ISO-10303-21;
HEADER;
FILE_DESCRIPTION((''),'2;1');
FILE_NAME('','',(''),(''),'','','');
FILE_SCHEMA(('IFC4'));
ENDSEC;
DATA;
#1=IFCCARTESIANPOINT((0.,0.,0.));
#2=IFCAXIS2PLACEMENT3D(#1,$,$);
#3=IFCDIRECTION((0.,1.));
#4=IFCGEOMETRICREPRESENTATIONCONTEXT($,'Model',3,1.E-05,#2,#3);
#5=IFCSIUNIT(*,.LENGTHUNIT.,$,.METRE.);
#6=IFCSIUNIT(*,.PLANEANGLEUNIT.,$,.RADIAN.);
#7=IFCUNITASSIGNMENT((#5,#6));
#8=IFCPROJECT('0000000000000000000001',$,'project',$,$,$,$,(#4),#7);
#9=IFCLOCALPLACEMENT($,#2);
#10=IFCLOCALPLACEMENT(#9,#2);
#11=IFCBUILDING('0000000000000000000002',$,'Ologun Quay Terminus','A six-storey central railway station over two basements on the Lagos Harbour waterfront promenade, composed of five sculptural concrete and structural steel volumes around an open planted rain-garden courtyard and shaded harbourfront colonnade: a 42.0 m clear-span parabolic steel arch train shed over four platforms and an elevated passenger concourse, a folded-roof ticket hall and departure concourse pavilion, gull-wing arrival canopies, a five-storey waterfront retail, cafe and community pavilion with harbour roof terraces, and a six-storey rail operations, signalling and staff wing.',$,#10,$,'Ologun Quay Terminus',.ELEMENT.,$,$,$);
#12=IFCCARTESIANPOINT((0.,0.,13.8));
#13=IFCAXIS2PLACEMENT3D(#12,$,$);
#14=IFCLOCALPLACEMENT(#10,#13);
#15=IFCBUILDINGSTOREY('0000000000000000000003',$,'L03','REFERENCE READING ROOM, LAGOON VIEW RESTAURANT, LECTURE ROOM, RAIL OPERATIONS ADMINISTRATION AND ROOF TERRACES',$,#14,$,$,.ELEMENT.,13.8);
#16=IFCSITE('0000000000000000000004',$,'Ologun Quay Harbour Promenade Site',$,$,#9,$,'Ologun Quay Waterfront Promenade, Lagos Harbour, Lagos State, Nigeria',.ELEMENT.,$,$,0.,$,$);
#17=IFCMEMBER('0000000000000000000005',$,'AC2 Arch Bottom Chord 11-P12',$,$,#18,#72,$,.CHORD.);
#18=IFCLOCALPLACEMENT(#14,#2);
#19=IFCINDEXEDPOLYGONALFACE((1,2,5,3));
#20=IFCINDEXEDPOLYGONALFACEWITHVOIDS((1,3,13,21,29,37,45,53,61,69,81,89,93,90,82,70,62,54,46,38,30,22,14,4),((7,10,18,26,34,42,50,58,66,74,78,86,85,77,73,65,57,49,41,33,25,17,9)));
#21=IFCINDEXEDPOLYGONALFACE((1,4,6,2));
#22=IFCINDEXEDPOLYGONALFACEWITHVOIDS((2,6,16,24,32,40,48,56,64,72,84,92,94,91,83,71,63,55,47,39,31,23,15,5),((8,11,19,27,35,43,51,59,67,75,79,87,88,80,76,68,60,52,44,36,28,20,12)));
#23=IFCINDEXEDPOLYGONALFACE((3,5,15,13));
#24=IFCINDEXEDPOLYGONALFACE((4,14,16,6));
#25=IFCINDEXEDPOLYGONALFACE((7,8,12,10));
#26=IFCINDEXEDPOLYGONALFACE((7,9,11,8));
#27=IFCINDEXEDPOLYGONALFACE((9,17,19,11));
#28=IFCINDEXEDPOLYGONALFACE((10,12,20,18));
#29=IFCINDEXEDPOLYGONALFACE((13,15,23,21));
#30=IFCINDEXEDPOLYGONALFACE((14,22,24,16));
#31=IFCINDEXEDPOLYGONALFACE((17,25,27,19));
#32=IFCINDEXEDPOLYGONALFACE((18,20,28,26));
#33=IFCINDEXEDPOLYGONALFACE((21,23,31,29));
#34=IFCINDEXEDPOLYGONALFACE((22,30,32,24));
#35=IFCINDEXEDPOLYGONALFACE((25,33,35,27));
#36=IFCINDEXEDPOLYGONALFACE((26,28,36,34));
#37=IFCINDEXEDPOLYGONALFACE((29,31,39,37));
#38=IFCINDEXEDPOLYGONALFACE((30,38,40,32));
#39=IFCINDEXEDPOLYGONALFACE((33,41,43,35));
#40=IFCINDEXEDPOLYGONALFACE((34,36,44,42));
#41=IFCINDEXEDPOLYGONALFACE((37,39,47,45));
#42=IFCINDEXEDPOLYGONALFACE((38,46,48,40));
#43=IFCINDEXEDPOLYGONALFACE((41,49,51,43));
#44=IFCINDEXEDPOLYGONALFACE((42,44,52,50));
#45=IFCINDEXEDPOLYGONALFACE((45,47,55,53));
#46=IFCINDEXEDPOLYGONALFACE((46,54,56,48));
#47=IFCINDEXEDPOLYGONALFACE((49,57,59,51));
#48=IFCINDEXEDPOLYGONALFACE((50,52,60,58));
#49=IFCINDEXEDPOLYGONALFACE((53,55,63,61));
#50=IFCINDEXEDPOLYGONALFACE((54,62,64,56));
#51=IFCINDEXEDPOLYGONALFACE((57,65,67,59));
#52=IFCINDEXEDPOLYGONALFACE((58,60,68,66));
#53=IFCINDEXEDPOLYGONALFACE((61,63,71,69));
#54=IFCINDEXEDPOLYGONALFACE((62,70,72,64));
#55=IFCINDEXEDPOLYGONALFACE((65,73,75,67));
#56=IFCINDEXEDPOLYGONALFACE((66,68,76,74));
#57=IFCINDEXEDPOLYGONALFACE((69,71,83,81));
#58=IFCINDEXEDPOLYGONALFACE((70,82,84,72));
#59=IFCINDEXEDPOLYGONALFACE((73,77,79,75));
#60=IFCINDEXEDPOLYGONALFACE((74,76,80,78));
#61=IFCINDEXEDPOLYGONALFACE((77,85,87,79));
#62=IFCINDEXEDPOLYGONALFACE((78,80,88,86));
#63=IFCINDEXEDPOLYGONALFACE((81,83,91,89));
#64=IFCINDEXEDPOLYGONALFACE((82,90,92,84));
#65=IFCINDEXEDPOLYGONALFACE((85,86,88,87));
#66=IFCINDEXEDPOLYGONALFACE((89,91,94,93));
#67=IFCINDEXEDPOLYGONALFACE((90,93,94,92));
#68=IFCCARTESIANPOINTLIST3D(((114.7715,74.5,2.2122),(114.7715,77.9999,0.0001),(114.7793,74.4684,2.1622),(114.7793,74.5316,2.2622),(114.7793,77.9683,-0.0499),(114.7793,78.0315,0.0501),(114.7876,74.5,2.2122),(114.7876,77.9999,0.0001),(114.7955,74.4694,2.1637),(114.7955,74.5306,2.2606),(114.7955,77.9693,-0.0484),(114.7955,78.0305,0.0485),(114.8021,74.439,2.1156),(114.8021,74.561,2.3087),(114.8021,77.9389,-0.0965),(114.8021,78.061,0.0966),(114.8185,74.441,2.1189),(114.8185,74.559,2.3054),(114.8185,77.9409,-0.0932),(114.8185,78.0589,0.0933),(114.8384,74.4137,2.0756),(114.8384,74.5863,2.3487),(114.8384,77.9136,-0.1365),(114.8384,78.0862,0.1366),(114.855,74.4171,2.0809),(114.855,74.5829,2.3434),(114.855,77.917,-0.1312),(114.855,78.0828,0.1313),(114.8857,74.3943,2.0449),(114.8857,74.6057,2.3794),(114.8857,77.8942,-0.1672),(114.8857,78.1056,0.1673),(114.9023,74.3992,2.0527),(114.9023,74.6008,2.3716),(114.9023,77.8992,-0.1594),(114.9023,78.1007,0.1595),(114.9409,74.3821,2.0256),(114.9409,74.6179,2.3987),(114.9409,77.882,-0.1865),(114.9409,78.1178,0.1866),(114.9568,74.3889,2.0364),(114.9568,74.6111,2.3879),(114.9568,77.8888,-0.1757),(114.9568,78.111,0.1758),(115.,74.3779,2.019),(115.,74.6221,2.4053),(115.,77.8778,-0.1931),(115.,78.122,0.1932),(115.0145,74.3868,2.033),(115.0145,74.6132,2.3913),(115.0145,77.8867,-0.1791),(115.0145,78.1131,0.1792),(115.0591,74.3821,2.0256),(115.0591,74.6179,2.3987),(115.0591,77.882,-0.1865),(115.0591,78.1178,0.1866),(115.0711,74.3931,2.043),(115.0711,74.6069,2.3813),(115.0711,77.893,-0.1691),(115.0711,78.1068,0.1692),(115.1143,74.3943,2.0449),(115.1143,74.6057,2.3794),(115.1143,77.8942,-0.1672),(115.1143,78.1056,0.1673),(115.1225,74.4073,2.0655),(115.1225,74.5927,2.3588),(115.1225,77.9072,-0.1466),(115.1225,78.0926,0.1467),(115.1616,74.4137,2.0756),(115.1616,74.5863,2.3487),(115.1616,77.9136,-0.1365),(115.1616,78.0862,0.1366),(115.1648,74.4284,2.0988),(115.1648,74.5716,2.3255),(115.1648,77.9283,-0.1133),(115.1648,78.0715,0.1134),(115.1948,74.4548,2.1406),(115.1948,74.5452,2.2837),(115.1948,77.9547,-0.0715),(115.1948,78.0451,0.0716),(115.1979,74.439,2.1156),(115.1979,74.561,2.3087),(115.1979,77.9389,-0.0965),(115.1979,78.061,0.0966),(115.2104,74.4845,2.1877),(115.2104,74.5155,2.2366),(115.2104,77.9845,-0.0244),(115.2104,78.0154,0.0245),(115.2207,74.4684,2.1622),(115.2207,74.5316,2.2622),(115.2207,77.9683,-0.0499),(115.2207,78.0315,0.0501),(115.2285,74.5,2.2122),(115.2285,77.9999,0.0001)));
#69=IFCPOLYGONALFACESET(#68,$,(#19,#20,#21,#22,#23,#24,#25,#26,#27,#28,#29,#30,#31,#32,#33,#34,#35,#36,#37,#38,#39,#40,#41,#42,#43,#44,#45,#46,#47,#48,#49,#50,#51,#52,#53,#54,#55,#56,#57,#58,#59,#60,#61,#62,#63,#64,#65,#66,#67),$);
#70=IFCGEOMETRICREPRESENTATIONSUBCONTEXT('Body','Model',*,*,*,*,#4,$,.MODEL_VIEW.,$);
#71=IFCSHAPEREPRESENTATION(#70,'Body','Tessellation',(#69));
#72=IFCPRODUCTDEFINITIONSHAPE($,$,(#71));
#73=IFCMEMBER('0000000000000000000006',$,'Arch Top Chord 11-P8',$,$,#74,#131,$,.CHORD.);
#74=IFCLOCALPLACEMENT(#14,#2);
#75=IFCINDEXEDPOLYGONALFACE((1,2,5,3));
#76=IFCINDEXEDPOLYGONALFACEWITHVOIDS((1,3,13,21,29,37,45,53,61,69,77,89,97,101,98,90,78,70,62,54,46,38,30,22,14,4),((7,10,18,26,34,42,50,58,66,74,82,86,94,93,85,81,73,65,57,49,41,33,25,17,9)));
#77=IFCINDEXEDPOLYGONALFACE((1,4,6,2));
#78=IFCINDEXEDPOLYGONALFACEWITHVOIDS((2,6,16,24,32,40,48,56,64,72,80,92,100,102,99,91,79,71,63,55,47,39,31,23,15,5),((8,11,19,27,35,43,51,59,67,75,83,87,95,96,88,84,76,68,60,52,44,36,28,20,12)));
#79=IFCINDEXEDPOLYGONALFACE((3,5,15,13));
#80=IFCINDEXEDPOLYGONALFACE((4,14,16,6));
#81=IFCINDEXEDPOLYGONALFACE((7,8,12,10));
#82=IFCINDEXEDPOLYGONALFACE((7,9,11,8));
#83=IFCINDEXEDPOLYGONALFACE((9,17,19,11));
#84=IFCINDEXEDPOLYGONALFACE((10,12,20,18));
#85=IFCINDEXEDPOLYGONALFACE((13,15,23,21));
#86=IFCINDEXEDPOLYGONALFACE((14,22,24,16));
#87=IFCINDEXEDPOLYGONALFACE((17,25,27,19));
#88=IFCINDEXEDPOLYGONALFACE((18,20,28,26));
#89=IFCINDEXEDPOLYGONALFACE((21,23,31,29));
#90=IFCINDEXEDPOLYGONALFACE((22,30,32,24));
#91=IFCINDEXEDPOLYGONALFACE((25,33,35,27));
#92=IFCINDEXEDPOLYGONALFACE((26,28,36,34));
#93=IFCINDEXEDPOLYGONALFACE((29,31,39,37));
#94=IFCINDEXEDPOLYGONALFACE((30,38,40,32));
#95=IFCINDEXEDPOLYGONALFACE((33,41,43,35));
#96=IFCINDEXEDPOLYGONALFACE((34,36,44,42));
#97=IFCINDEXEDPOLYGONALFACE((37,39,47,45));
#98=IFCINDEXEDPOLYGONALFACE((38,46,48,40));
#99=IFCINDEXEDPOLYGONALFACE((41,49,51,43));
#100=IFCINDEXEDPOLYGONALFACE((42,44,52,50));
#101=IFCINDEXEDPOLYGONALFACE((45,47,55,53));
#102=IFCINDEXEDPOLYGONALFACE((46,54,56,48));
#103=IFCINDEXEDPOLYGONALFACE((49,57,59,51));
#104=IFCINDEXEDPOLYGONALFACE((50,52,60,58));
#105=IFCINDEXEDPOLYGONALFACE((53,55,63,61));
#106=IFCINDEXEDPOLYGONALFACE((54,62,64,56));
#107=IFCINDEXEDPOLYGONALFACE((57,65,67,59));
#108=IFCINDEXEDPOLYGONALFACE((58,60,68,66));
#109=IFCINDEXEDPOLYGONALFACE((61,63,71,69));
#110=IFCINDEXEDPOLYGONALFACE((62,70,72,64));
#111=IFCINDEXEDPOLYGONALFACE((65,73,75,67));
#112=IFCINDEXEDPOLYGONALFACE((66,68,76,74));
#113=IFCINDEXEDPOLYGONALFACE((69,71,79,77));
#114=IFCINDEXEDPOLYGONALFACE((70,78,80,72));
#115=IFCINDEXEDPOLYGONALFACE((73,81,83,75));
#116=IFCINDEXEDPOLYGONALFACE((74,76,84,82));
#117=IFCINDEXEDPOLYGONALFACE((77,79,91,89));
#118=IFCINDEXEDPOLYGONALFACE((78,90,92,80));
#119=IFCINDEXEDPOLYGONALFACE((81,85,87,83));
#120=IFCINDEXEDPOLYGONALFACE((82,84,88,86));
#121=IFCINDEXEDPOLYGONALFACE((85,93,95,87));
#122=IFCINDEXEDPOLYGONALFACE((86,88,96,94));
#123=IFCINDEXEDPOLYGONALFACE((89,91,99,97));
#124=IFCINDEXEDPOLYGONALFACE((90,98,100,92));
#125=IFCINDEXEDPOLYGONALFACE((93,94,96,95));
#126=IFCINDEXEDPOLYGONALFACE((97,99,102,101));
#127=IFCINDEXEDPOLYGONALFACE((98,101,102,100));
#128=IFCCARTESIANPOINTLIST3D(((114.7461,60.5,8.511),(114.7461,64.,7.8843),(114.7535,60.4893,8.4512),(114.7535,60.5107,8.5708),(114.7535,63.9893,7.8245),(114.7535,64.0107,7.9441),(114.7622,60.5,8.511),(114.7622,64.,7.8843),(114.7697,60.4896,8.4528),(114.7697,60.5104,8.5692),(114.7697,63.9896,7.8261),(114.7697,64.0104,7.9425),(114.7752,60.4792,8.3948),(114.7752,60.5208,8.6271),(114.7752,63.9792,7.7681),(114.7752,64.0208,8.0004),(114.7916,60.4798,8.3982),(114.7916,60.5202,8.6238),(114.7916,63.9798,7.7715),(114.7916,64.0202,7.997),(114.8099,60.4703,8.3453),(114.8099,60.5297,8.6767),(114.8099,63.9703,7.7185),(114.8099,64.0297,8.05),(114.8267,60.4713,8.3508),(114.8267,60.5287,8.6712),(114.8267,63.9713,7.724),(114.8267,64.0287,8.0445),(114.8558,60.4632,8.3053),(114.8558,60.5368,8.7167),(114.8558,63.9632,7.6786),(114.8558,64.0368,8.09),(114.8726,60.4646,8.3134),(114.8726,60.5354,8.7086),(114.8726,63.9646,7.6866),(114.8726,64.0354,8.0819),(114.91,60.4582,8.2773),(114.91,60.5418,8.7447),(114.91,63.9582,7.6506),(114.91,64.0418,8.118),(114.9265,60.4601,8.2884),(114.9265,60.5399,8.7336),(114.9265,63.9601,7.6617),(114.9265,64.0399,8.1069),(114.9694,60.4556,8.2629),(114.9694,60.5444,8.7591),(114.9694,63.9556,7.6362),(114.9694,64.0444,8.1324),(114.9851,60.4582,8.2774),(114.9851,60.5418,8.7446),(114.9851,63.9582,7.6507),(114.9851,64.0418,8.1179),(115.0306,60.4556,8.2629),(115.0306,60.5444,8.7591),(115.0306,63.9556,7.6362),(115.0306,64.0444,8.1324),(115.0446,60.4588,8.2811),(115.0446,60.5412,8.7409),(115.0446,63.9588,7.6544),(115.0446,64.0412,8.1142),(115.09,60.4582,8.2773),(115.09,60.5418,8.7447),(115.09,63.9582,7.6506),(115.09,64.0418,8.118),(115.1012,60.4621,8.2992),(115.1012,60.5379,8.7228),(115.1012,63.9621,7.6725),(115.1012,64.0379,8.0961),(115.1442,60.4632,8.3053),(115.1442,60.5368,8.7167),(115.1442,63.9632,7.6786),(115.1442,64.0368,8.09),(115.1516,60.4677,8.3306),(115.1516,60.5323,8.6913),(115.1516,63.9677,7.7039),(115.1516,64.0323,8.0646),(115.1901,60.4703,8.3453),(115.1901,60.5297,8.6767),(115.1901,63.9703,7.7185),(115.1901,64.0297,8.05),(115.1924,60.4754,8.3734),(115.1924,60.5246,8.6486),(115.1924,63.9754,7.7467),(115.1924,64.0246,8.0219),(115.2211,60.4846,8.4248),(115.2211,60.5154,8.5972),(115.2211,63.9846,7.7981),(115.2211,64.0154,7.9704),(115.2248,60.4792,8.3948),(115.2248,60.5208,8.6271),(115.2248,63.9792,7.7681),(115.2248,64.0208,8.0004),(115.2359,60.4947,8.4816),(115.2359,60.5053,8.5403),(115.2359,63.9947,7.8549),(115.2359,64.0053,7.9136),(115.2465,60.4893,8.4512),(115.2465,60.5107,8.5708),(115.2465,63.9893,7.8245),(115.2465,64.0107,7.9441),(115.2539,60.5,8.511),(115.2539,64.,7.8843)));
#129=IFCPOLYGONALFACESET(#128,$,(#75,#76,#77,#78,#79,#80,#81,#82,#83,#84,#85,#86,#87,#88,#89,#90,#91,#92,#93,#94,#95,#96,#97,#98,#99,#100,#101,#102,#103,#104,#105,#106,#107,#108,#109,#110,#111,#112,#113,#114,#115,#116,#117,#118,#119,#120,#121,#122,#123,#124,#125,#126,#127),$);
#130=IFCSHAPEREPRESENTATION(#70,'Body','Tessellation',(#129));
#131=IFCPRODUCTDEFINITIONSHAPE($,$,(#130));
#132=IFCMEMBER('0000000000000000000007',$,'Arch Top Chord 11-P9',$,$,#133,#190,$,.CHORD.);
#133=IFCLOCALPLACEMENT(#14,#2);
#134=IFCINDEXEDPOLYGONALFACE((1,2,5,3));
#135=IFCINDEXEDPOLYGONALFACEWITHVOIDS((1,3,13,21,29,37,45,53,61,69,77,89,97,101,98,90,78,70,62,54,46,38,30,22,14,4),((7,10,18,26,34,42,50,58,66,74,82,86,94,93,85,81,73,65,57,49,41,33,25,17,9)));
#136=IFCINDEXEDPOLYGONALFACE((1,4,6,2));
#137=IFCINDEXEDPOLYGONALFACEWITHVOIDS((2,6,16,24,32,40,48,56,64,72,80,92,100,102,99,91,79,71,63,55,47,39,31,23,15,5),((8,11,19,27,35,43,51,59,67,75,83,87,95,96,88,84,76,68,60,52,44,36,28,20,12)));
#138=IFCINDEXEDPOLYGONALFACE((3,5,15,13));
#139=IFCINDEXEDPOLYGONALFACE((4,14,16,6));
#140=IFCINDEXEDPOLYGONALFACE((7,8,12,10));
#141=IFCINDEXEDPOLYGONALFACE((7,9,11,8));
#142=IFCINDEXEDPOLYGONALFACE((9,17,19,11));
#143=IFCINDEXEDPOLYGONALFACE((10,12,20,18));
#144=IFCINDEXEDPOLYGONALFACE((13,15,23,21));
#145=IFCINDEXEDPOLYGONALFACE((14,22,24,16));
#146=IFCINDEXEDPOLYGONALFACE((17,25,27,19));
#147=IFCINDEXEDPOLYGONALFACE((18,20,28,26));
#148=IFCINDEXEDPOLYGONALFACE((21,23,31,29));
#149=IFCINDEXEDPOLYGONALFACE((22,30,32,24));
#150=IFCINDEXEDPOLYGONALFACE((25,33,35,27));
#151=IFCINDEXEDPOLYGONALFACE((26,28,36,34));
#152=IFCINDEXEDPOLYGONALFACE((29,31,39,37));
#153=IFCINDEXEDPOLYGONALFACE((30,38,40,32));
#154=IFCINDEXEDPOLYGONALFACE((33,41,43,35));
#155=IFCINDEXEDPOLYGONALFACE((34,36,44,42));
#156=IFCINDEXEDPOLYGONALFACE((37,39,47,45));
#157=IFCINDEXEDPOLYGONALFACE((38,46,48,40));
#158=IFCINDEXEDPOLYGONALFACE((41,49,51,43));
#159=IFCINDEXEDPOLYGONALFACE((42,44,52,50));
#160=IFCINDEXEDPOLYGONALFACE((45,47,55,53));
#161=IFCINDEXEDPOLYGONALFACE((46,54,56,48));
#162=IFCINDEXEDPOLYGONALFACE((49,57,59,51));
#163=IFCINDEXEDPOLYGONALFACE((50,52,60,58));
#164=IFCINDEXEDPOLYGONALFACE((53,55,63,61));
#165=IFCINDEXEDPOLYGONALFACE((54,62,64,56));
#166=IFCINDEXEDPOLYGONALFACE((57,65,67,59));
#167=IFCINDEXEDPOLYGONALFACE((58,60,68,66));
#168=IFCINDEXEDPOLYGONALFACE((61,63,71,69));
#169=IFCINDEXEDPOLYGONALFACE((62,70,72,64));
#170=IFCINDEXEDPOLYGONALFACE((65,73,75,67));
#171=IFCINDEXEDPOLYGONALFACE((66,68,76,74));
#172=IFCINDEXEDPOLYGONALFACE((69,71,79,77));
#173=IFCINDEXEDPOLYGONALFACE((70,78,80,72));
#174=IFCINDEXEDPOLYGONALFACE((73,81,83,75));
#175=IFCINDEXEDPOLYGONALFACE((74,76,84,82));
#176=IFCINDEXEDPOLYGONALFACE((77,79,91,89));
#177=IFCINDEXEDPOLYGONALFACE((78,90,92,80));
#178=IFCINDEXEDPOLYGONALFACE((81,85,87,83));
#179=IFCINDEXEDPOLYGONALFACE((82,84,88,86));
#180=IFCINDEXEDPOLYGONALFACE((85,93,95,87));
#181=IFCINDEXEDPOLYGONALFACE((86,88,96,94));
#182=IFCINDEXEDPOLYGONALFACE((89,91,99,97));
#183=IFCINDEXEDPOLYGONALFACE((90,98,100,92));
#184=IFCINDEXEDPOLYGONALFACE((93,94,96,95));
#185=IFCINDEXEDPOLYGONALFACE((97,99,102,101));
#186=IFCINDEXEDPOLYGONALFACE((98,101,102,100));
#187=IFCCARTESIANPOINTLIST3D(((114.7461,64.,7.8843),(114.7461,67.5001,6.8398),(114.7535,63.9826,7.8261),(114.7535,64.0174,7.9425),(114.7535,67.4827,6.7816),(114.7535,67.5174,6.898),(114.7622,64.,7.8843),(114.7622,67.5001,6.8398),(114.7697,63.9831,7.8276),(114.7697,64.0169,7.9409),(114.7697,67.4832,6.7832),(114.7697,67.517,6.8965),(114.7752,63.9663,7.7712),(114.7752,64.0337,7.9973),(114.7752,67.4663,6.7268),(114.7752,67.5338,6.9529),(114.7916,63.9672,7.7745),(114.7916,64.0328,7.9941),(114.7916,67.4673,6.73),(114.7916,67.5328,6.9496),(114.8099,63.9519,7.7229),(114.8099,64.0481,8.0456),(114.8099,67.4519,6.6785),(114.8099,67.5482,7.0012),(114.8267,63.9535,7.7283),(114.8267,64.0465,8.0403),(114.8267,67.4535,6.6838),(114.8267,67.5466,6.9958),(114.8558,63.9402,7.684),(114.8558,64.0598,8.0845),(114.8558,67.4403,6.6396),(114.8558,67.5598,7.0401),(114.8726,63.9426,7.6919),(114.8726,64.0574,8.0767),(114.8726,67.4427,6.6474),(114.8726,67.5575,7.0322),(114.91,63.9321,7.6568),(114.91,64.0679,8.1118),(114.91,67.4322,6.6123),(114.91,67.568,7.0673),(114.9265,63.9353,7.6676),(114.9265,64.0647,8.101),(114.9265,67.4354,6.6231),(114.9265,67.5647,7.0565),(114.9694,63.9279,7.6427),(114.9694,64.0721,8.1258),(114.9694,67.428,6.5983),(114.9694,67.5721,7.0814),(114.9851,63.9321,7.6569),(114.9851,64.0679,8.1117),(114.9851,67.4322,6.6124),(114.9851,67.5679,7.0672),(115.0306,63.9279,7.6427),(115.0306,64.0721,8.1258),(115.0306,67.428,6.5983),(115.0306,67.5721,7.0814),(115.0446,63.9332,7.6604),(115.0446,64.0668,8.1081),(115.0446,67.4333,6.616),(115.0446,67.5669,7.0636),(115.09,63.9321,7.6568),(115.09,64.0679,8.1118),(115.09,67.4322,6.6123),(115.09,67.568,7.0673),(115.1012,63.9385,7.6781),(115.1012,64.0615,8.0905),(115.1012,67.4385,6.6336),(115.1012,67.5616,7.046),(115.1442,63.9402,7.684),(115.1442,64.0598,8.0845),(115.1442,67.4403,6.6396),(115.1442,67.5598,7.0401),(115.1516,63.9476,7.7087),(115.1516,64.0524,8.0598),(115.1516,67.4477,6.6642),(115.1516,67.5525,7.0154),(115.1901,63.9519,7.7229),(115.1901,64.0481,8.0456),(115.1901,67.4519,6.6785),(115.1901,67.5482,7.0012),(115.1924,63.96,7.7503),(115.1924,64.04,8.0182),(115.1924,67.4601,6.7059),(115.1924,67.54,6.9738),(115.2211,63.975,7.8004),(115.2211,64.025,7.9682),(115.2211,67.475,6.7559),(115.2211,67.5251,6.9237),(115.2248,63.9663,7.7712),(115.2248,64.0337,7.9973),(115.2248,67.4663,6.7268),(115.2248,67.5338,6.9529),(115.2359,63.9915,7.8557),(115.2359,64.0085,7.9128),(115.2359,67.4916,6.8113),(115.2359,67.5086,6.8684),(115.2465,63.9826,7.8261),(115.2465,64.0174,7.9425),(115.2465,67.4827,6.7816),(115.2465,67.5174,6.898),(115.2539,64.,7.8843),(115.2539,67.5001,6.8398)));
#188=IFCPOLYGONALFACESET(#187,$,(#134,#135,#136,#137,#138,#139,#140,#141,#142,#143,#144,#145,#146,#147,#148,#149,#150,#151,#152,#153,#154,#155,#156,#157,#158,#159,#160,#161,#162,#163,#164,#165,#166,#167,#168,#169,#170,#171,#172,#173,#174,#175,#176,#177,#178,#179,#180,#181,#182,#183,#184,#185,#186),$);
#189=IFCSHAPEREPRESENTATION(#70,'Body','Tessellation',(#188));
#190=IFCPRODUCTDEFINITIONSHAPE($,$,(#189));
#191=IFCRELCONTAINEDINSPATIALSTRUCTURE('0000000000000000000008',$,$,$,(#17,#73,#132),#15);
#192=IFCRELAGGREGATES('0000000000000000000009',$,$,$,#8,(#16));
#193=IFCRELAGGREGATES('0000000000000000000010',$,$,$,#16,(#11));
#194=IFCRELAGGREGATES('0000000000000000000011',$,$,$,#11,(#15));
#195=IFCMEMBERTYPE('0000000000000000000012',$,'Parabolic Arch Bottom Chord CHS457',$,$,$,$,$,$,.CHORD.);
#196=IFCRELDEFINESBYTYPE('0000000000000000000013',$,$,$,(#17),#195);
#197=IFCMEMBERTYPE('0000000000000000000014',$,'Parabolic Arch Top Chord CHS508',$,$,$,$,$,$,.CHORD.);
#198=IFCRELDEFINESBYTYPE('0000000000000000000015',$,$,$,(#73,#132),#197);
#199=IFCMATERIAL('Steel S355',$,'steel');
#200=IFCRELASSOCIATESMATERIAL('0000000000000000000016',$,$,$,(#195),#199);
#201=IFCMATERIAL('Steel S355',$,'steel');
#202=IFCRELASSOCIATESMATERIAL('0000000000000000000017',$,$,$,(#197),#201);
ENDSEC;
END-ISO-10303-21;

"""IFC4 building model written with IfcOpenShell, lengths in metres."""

from ifc_helpers import new_model, si_unit, direction, frame, origin, origin_2d, place, context, subcontext, project, spatial, hollow_circle, extrude, material, material_profile, profile_set, type_object, element, save


model = new_model("IFC4")

# Units and contexts
model_context = context("Model", 3, precision=1e-05, world=origin(), true_north=direction((0.0, 1.0)))
body_context = subcontext(model_context, "Body", "Model", "MODEL_VIEW")
ifc_project = project(units=[si_unit("LENGTHUNIT", "METRE"), si_unit("PLANEANGLEUNIT", "RADIAN")], contexts=[model_context])

# Site, building, storey
site_placement = place(None, origin())
site = spatial("IfcSite", under=ifc_project, at=site_placement, Name="Ologun Quay Harbour Promenade Site", LongName="Ologun Quay Waterfront Promenade, Lagos Harbour, Lagos State, Nigeria", CompositionType="ELEMENT", RefElevation=0.0)
building_placement = place(site_placement, origin())
building = spatial("IfcBuilding", under=site, at=building_placement, Name="Ologun Quay Terminus", Description="A six-storey central railway station over two basements on the Lagos Harbour waterfront promenade, composed of five sculptural concrete and structural steel volumes around an open planted rain-garden courtyard and shaded harbourfront colonnade: a 42.0 m clear-span parabolic steel arch train shed over four platforms and an elevated passenger concourse, a folded-roof ticket hall and departure concourse pavilion, gull-wing arrival canopies, a five-storey waterfront retail, cafe and community pavilion with harbour roof terraces, and a six-storey rail operations, signalling and staff wing.", LongName="Ologun Quay Terminus", CompositionType="ELEMENT")
storey_placement = place(building_placement, frame((0.0, 0.0, 13.8)))
storey = spatial("IfcBuildingStorey", under=building, at=storey_placement, Name="L03", Description="REFERENCE READING ROOM, LAGOON VIEW RESTAURANT, LECTURE ROOM, RAIL OPERATIONS ADMINISTRATION AND ROOF TERRACES", CompositionType="ELEMENT", Elevation=13.8)

# Members
ifc_material_1 = material(Name="Steel S355", Category="steel")
ifc_material_profile_1 = material_profile(ifc_material_1, hollow_circle(Radius=0.2285, WallThickness=0.0161, at=origin_2d()), Name="CHS 457x16")
ifc_profile_set_1 = profile_set([ifc_material_profile_1], Name="Steel S355")
member_type_1 = type_object("IfcMemberType", Name="Parabolic Arch Bottom Chord CHS457", PredefinedType="CHORD", material=ifc_profile_set_1)
member_1_placement = place(storey_placement, frame((115.0, 74.5, 2.2122), z_axis=(0.0, 0.845311, -0.534275), x_axis=(-1.0, 0.0, 0.0)))
element("IfcMember", 1, at=member_1_placement, inside=storey, type_object=member_type_1, Name="AC2 Arch Bottom Chord 11-P12", PredefinedType="CHORD", context=body_context, shape_type="SweptSolid", body=[
    extrude(hollow_circle(Radius=0.2285, WallThickness=0.0161, at=origin_2d()), origin(), (0.0, 0.0, 1.0), 4.1404),
])
ifc_material_2 = material(Name="Steel S355", Category="steel")
ifc_material_profile_2 = material_profile(ifc_material_2, hollow_circle(Radius=0.2539, WallThickness=0.0161, at=origin_2d()), Name="CHS 508x16")
ifc_profile_set_2 = profile_set([ifc_material_profile_2], Name="Steel S355")
member_type_2 = type_object("IfcMemberType", Name="Parabolic Arch Top Chord CHS508", PredefinedType="CHORD", material=ifc_profile_set_2)
member_2_placement = place(storey_placement, frame((115.0, 60.5, 8.511), z_axis=(0.0, 0.984344, -0.176256), x_axis=(-1.0, 0.0, 0.0)))
element("IfcMember", 2, at=member_2_placement, inside=storey, type_object=member_type_2, Name="Arch Top Chord 11-P8", PredefinedType="CHORD", context=body_context, shape_type="SweptSolid", body=[
    extrude(hollow_circle(Radius=0.2539, WallThickness=0.0161, at=origin_2d()), origin(), (0.0, 0.0, 1.0), 3.5557),
])
member_3_placement = place(storey_placement, frame((115.0, 64.0, 7.8843), z_axis=(0.0, 0.958245, -0.285949), x_axis=(-1.0, 0.0, 0.0)))
element("IfcMember", 3, at=member_3_placement, inside=storey, type_object=member_type_2, Name="Arch Top Chord 11-P9", PredefinedType="CHORD", context=body_context, shape_type="SweptSolid", body=[
    extrude(hollow_circle(Radius=0.2539, WallThickness=0.0161, at=origin_2d()), origin(), (0.0, 0.0, 1.0), 3.6526),
])

save(model, "model.ifc")
